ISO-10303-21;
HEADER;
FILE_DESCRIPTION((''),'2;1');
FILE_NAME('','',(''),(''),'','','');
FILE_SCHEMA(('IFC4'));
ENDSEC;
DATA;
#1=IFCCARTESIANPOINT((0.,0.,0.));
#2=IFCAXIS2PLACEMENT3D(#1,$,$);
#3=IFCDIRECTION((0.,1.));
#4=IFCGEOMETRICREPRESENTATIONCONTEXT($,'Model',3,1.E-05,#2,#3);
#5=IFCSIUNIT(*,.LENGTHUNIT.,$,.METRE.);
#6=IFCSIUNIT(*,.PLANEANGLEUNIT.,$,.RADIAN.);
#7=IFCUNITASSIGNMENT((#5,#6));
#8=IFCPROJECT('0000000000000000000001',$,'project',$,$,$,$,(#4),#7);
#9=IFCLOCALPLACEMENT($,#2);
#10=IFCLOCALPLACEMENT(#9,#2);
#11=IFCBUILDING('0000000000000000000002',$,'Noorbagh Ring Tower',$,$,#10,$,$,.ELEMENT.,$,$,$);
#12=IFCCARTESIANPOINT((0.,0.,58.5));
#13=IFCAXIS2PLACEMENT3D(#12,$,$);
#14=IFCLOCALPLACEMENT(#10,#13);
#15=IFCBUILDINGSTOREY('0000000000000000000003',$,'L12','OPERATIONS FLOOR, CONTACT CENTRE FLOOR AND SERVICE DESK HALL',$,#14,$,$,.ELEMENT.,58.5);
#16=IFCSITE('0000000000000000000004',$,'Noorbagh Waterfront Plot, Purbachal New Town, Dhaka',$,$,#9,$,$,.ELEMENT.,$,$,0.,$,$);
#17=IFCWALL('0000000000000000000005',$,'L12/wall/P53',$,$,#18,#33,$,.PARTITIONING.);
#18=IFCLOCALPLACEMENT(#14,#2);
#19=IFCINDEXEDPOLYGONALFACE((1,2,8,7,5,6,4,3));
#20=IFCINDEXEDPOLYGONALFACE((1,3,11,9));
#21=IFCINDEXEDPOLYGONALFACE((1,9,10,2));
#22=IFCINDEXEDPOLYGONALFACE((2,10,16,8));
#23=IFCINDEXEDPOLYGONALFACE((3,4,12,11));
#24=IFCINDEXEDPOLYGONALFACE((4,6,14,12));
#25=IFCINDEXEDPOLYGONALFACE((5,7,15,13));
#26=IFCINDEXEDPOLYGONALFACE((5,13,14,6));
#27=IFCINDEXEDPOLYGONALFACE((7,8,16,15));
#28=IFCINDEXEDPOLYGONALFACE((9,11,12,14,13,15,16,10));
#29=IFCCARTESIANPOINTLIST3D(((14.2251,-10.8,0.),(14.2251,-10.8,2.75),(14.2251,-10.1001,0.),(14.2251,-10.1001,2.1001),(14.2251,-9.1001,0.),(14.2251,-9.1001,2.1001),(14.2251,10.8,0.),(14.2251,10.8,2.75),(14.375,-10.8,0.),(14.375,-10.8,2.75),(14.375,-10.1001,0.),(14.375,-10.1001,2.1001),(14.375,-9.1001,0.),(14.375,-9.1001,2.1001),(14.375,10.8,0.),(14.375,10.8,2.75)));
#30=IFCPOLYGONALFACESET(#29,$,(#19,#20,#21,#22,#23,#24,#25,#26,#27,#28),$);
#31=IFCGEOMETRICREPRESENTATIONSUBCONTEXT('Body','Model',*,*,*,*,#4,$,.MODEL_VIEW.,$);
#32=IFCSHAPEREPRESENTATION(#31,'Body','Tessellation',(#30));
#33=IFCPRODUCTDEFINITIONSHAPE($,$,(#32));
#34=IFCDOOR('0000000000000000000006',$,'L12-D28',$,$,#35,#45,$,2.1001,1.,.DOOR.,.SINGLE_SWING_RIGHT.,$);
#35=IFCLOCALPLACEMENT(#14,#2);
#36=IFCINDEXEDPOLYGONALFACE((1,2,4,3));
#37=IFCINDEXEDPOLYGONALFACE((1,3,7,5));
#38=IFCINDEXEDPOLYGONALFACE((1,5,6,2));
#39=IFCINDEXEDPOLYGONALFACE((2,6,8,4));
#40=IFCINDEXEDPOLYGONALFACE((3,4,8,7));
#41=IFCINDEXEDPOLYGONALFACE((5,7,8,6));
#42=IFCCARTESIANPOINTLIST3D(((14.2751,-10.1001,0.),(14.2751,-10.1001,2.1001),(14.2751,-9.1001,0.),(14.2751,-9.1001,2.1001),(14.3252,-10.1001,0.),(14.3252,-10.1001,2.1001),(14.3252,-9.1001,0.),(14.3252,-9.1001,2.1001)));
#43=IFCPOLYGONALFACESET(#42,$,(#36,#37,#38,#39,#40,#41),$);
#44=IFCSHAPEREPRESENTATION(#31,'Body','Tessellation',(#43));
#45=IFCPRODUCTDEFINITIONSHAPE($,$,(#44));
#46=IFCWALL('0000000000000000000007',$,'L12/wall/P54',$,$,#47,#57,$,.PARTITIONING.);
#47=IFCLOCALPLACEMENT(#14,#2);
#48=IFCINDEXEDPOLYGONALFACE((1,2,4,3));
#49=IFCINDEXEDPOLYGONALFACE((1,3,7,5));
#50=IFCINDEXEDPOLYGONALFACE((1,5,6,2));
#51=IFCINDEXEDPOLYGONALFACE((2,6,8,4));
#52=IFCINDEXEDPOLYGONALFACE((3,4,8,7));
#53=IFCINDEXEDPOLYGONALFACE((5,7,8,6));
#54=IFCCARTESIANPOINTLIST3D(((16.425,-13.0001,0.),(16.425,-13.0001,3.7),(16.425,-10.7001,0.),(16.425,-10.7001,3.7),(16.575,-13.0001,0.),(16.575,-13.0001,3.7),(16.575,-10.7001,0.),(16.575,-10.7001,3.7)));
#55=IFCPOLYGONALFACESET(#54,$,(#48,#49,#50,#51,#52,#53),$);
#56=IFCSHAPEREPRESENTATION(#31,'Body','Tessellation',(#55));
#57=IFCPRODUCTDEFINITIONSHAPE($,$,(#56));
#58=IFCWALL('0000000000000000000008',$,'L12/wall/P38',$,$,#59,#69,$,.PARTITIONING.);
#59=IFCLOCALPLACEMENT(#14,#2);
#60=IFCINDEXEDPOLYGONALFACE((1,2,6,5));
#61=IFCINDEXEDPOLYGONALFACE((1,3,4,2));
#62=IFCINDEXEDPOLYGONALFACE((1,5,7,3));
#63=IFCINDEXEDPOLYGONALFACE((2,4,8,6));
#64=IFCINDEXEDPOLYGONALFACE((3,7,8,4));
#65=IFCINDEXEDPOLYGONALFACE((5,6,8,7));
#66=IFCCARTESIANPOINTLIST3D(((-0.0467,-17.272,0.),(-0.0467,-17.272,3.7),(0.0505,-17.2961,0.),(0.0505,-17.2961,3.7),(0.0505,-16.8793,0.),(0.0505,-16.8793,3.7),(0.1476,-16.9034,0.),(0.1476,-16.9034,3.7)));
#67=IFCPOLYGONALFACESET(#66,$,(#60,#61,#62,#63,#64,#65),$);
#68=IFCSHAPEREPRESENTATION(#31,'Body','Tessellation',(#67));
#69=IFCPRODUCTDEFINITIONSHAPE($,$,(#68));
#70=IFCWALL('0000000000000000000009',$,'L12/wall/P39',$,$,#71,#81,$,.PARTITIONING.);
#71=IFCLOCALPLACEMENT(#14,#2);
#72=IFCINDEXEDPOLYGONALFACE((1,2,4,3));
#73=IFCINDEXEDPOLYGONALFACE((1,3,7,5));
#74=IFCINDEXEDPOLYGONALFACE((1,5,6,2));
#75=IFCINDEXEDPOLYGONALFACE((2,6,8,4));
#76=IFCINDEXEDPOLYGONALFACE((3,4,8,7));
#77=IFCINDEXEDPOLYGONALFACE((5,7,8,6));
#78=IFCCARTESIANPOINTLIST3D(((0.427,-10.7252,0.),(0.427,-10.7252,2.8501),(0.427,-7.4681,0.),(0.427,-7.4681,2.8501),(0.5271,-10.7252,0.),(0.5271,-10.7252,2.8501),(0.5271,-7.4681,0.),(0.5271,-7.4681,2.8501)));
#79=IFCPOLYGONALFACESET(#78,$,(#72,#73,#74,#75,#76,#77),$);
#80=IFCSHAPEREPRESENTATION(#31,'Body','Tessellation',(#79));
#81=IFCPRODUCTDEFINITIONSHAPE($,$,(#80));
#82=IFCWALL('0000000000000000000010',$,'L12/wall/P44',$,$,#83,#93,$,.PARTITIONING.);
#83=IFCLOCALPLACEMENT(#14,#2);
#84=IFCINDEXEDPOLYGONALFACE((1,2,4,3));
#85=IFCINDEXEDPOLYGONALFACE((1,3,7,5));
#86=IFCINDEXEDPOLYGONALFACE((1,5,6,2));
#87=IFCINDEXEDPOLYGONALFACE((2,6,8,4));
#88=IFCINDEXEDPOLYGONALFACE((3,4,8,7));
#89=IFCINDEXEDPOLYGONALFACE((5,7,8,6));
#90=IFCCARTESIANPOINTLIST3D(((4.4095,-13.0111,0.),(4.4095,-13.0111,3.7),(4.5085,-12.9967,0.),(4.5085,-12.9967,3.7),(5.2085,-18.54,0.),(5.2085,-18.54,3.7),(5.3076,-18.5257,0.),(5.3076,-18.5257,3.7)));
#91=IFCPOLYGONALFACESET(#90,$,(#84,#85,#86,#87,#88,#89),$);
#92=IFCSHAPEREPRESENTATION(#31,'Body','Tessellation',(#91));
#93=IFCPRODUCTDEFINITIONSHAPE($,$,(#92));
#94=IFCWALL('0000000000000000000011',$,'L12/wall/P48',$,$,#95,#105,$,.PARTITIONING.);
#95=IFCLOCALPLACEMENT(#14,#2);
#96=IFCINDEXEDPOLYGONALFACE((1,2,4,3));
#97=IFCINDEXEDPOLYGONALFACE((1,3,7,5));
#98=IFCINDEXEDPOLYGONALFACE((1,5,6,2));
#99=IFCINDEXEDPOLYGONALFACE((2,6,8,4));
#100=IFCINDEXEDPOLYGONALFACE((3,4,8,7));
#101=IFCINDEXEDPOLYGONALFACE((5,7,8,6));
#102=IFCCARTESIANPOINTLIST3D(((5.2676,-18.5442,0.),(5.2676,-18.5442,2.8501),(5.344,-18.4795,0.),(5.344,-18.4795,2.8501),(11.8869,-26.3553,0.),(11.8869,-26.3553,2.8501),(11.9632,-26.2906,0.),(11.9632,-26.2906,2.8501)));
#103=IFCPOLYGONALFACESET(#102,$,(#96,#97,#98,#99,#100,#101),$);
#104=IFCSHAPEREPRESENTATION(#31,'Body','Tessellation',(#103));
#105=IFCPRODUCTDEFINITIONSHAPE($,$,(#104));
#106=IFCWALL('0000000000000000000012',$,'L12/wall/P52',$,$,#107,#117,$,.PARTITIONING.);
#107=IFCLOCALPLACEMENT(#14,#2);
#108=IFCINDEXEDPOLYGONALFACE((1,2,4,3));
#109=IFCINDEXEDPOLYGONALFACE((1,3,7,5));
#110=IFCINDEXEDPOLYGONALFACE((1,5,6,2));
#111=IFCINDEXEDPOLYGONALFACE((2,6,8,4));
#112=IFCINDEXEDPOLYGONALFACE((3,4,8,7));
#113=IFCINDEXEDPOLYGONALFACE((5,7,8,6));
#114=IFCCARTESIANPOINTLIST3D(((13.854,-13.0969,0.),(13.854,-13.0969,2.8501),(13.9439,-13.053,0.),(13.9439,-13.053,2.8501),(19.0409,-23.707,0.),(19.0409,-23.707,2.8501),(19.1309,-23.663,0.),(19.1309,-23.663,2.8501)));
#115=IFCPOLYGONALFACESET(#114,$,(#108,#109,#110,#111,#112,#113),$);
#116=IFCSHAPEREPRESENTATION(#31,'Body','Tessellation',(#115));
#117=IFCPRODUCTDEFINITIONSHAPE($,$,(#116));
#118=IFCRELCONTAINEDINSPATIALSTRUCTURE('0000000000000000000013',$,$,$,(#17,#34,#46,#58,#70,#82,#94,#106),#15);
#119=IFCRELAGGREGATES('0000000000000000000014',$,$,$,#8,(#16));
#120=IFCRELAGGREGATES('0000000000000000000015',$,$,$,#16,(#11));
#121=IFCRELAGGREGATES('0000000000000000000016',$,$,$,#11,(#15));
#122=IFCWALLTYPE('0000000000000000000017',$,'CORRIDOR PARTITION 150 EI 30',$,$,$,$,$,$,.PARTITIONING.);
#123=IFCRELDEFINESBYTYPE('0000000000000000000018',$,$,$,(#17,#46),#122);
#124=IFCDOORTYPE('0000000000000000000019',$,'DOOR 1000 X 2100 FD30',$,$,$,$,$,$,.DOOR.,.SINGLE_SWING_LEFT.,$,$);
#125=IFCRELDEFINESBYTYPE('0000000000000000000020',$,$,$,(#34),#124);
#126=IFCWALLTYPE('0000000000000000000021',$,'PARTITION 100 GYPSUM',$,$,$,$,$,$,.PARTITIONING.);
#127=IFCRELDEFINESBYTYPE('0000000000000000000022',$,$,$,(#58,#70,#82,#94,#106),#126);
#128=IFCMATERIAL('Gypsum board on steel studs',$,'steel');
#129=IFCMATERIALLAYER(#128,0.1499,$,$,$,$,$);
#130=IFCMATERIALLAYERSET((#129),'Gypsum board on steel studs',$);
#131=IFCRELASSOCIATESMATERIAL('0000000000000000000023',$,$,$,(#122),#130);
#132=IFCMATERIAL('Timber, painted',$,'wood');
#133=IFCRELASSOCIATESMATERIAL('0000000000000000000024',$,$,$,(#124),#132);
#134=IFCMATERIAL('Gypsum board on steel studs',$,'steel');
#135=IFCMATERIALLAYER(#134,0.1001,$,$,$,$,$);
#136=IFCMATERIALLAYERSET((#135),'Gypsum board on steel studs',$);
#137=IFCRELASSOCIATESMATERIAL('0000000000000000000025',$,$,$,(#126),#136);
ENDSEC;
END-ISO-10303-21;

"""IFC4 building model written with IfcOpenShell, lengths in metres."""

from ifc_helpers import new_model, si_unit, direction, frame, frame_2d, origin, place, context, subcontext, project, spatial, rectangle, extrude, material, layer, layer_set, type_object, element, fill, save


model = new_model("IFC4")

# Units and contexts
model_context = context("Model", 3, precision=1e-05, world=origin(), true_north=direction((0.0, 1.0)))
body_context = subcontext(model_context, "Body", "Model", "MODEL_VIEW")
ifc_project = project(units=[si_unit("LENGTHUNIT", "METRE"), si_unit("PLANEANGLEUNIT", "RADIAN")], contexts=[model_context])

# Site, building, storey
site_placement = place(None, origin())
site = spatial("IfcSite", under=ifc_project, at=site_placement, Name="Noorbagh Waterfront Plot, Purbachal New Town, Dhaka", CompositionType="ELEMENT", RefElevation=0.0)
building_placement = place(site_placement, origin())
building = spatial("IfcBuilding", under=site, at=building_placement, Name="Noorbagh Ring Tower", CompositionType="ELEMENT")
storey_placement = place(building_placement, frame((0.0, 0.0, 58.5)))
storey = spatial("IfcBuildingStorey", under=building, at=storey_placement, Name="L12", Description="OPERATIONS FLOOR, CONTACT CENTRE FLOOR AND SERVICE DESK HALL", CompositionType="ELEMENT", Elevation=58.5)

# Wall, opening, door
ifc_material_1 = material(Name="Gypsum board on steel studs", Category="steel")
ifc_layer_1 = layer(ifc_material_1, 0.1499)
ifc_layer_set_1 = layer_set([ifc_layer_1], Name="Gypsum board on steel studs")
wall_type_1 = type_object("IfcWallType", Name="CORRIDOR PARTITION 150 EI 30", PredefinedType="PARTITIONING", material=ifc_layer_set_1)
ifc_material_2 = material(Name="Timber, painted", Category="wood")
door_type = type_object("IfcDoorType", Name="DOOR 1000 X 2100 FD30", OperationType="SINGLE_SWING_LEFT", PredefinedType="DOOR", material=ifc_material_2)
wall_1_placement = place(storey_placement, frame((14.3, -10.8, 0.0), z_axis=(0.0, 0.0, 1.0), x_axis=(0.0, 1.0, 0.0)))
wall_1 = element("IfcWall", 1, at=wall_1_placement, inside=storey, type_object=wall_type_1, Name="L12/wall/P53", PredefinedType="PARTITIONING", context=body_context, shape_type="SweptSolid", body=[
    extrude(rectangle(XDim=21.6001, YDim=0.1499, at=frame_2d((10.8, 0.0))), origin(), (0.0, 0.0, 1.0), 2.75),
])
opening_1_placement = place(wall_1_placement, frame((0.7, 0.0, 0.0)))
opening_1 = element("IfcOpeningElement", 2, at=opening_1_placement, cuts=wall_1, PredefinedType="OPENING", context=body_context, shape_type="SweptSolid", body=[
    extrude(rectangle(XDim=1.0, YDim=2.1001, at=frame_2d((0.5, 1.05))), frame((0.0, 0.085, 0.0), z_axis=(0.0, -1.0, 0.0), x_axis=(1.0, 0.0, 0.0)), (0.0, 0.0, 1.0), 0.1699),
])
door_1_placement = place(opening_1_placement, origin())
door_1 = element("IfcDoor", 3, at=door_1_placement, inside=storey, type_object=door_type, Name="L12-D28", OperationType="SINGLE_SWING_RIGHT", OverallHeight=2.1001, OverallWidth=1.0, PredefinedType="DOOR", context=body_context, shape_type="SweptSolid", body=[
    extrude(rectangle(XDim=1.0, YDim=2.1001, at=frame_2d((0.5, 1.05))), frame((0.0, 0.0249, 0.0), z_axis=(0.0, -1.0, 0.0), x_axis=(1.0, 0.0, 0.0)), (0.0, 0.0, 1.0), 0.05),
])
fill(opening_1, door_1)

# Walls
wall_2_placement = place(storey_placement, frame((16.5, -13.0, 0.0), z_axis=(0.0, 0.0, 1.0), x_axis=(0.0, 1.0, 0.0)))
element("IfcWall", 4, at=wall_2_placement, inside=storey, type_object=wall_type_1, Name="L12/wall/P54", PredefinedType="PARTITIONING", context=body_context, shape_type="SweptSolid", body=[
    extrude(rectangle(XDim=2.3, YDim=0.1499, at=frame_2d((1.1499, 0.0))), origin(), (0.0, 0.0, 1.0), 3.7),
])
ifc_material_3 = material(Name="Gypsum board on steel studs", Category="steel")
ifc_layer_2 = layer(ifc_material_3, 0.1001)
ifc_layer_set_2 = layer_set([ifc_layer_2], Name="Gypsum board on steel studs")
wall_type_2 = type_object("IfcWallType", Name="PARTITION 100 GYPSUM", PredefinedType="PARTITIONING", material=ifc_layer_set_2)
wall_3_placement = place(storey_placement, frame((0.002, -17.2839, 0.0), z_axis=(0.0, 0.0, 1.0), x_axis=(0.240122, 0.970743, 0.0)))
element("IfcWall", 5, at=wall_3_placement, inside=storey, type_object=wall_type_2, Name="L12/wall/P38", PredefinedType="PARTITIONING", context=body_context, shape_type="SweptSolid", body=[
    extrude(rectangle(XDim=0.4045, YDim=0.1001, at=frame_2d((0.2021, 0.0))), origin(), (0.0, 0.0, 1.0), 3.7),
])
wall_4_placement = place(storey_placement, frame((0.4771, -10.7251, 0.0), z_axis=(0.0, 0.0, 1.0), x_axis=(0.0, 1.0, 0.0)))
element("IfcWall", 6, at=wall_4_placement, inside=storey, type_object=wall_type_2, Name="L12/wall/P39", PredefinedType="PARTITIONING", context=body_context, shape_type="SweptSolid", body=[
    extrude(rectangle(XDim=3.2571, YDim=0.1001, at=frame_2d((1.6284, 0.0))), origin(), (0.0, 0.0, 1.0), 2.8501),
])
wall_5_placement = place(storey_placement, frame((4.459, -13.0039, 0.0), z_axis=(0.0, 0.0, 1.0), x_axis=(0.143036, -0.989717, 0.0)))
element("IfcWall", 7, at=wall_5_placement, inside=storey, type_object=wall_type_2, Name="L12/wall/P44", PredefinedType="PARTITIONING", context=body_context, shape_type="SweptSolid", body=[
    extrude(rectangle(XDim=5.5864, YDim=0.1001, at=frame_2d((2.7932, 0.0))), origin(), (0.0, 0.0, 1.0), 3.7),
])
wall_6_placement = place(storey_placement, frame((5.3059, -18.512, 0.0), z_axis=(0.0, 0.0, 1.0), x_axis=(0.6465, -0.762914, 0.0)))
element("IfcWall", 8, at=wall_6_placement, inside=storey, type_object=wall_type_2, Name="L12/wall/P48", PredefinedType="PARTITIONING", context=body_context, shape_type="SweptSolid", body=[
    extrude(rectangle(XDim=10.2385, YDim=0.1001, at=frame_2d((5.1191, 0.0))), origin(), (0.0, 0.0, 1.0), 2.8501),
])
wall_7_placement = place(storey_placement, frame((13.8989, -13.075, 0.0), z_axis=(0.0, 0.0, 1.0), x_axis=(0.4392, -0.898389, 0.0)))
element("IfcWall", 9, at=wall_7_placement, inside=storey, type_object=wall_type_2, Name="L12/wall/P52", PredefinedType="PARTITIONING", context=body_context, shape_type="SweptSolid", body=[
    extrude(rectangle(XDim=11.8101, YDim=0.1001, at=frame_2d((5.905, 0.0))), origin(), (0.0, 0.0, 1.0), 2.8501),
])

save(model, "model.ifc")
